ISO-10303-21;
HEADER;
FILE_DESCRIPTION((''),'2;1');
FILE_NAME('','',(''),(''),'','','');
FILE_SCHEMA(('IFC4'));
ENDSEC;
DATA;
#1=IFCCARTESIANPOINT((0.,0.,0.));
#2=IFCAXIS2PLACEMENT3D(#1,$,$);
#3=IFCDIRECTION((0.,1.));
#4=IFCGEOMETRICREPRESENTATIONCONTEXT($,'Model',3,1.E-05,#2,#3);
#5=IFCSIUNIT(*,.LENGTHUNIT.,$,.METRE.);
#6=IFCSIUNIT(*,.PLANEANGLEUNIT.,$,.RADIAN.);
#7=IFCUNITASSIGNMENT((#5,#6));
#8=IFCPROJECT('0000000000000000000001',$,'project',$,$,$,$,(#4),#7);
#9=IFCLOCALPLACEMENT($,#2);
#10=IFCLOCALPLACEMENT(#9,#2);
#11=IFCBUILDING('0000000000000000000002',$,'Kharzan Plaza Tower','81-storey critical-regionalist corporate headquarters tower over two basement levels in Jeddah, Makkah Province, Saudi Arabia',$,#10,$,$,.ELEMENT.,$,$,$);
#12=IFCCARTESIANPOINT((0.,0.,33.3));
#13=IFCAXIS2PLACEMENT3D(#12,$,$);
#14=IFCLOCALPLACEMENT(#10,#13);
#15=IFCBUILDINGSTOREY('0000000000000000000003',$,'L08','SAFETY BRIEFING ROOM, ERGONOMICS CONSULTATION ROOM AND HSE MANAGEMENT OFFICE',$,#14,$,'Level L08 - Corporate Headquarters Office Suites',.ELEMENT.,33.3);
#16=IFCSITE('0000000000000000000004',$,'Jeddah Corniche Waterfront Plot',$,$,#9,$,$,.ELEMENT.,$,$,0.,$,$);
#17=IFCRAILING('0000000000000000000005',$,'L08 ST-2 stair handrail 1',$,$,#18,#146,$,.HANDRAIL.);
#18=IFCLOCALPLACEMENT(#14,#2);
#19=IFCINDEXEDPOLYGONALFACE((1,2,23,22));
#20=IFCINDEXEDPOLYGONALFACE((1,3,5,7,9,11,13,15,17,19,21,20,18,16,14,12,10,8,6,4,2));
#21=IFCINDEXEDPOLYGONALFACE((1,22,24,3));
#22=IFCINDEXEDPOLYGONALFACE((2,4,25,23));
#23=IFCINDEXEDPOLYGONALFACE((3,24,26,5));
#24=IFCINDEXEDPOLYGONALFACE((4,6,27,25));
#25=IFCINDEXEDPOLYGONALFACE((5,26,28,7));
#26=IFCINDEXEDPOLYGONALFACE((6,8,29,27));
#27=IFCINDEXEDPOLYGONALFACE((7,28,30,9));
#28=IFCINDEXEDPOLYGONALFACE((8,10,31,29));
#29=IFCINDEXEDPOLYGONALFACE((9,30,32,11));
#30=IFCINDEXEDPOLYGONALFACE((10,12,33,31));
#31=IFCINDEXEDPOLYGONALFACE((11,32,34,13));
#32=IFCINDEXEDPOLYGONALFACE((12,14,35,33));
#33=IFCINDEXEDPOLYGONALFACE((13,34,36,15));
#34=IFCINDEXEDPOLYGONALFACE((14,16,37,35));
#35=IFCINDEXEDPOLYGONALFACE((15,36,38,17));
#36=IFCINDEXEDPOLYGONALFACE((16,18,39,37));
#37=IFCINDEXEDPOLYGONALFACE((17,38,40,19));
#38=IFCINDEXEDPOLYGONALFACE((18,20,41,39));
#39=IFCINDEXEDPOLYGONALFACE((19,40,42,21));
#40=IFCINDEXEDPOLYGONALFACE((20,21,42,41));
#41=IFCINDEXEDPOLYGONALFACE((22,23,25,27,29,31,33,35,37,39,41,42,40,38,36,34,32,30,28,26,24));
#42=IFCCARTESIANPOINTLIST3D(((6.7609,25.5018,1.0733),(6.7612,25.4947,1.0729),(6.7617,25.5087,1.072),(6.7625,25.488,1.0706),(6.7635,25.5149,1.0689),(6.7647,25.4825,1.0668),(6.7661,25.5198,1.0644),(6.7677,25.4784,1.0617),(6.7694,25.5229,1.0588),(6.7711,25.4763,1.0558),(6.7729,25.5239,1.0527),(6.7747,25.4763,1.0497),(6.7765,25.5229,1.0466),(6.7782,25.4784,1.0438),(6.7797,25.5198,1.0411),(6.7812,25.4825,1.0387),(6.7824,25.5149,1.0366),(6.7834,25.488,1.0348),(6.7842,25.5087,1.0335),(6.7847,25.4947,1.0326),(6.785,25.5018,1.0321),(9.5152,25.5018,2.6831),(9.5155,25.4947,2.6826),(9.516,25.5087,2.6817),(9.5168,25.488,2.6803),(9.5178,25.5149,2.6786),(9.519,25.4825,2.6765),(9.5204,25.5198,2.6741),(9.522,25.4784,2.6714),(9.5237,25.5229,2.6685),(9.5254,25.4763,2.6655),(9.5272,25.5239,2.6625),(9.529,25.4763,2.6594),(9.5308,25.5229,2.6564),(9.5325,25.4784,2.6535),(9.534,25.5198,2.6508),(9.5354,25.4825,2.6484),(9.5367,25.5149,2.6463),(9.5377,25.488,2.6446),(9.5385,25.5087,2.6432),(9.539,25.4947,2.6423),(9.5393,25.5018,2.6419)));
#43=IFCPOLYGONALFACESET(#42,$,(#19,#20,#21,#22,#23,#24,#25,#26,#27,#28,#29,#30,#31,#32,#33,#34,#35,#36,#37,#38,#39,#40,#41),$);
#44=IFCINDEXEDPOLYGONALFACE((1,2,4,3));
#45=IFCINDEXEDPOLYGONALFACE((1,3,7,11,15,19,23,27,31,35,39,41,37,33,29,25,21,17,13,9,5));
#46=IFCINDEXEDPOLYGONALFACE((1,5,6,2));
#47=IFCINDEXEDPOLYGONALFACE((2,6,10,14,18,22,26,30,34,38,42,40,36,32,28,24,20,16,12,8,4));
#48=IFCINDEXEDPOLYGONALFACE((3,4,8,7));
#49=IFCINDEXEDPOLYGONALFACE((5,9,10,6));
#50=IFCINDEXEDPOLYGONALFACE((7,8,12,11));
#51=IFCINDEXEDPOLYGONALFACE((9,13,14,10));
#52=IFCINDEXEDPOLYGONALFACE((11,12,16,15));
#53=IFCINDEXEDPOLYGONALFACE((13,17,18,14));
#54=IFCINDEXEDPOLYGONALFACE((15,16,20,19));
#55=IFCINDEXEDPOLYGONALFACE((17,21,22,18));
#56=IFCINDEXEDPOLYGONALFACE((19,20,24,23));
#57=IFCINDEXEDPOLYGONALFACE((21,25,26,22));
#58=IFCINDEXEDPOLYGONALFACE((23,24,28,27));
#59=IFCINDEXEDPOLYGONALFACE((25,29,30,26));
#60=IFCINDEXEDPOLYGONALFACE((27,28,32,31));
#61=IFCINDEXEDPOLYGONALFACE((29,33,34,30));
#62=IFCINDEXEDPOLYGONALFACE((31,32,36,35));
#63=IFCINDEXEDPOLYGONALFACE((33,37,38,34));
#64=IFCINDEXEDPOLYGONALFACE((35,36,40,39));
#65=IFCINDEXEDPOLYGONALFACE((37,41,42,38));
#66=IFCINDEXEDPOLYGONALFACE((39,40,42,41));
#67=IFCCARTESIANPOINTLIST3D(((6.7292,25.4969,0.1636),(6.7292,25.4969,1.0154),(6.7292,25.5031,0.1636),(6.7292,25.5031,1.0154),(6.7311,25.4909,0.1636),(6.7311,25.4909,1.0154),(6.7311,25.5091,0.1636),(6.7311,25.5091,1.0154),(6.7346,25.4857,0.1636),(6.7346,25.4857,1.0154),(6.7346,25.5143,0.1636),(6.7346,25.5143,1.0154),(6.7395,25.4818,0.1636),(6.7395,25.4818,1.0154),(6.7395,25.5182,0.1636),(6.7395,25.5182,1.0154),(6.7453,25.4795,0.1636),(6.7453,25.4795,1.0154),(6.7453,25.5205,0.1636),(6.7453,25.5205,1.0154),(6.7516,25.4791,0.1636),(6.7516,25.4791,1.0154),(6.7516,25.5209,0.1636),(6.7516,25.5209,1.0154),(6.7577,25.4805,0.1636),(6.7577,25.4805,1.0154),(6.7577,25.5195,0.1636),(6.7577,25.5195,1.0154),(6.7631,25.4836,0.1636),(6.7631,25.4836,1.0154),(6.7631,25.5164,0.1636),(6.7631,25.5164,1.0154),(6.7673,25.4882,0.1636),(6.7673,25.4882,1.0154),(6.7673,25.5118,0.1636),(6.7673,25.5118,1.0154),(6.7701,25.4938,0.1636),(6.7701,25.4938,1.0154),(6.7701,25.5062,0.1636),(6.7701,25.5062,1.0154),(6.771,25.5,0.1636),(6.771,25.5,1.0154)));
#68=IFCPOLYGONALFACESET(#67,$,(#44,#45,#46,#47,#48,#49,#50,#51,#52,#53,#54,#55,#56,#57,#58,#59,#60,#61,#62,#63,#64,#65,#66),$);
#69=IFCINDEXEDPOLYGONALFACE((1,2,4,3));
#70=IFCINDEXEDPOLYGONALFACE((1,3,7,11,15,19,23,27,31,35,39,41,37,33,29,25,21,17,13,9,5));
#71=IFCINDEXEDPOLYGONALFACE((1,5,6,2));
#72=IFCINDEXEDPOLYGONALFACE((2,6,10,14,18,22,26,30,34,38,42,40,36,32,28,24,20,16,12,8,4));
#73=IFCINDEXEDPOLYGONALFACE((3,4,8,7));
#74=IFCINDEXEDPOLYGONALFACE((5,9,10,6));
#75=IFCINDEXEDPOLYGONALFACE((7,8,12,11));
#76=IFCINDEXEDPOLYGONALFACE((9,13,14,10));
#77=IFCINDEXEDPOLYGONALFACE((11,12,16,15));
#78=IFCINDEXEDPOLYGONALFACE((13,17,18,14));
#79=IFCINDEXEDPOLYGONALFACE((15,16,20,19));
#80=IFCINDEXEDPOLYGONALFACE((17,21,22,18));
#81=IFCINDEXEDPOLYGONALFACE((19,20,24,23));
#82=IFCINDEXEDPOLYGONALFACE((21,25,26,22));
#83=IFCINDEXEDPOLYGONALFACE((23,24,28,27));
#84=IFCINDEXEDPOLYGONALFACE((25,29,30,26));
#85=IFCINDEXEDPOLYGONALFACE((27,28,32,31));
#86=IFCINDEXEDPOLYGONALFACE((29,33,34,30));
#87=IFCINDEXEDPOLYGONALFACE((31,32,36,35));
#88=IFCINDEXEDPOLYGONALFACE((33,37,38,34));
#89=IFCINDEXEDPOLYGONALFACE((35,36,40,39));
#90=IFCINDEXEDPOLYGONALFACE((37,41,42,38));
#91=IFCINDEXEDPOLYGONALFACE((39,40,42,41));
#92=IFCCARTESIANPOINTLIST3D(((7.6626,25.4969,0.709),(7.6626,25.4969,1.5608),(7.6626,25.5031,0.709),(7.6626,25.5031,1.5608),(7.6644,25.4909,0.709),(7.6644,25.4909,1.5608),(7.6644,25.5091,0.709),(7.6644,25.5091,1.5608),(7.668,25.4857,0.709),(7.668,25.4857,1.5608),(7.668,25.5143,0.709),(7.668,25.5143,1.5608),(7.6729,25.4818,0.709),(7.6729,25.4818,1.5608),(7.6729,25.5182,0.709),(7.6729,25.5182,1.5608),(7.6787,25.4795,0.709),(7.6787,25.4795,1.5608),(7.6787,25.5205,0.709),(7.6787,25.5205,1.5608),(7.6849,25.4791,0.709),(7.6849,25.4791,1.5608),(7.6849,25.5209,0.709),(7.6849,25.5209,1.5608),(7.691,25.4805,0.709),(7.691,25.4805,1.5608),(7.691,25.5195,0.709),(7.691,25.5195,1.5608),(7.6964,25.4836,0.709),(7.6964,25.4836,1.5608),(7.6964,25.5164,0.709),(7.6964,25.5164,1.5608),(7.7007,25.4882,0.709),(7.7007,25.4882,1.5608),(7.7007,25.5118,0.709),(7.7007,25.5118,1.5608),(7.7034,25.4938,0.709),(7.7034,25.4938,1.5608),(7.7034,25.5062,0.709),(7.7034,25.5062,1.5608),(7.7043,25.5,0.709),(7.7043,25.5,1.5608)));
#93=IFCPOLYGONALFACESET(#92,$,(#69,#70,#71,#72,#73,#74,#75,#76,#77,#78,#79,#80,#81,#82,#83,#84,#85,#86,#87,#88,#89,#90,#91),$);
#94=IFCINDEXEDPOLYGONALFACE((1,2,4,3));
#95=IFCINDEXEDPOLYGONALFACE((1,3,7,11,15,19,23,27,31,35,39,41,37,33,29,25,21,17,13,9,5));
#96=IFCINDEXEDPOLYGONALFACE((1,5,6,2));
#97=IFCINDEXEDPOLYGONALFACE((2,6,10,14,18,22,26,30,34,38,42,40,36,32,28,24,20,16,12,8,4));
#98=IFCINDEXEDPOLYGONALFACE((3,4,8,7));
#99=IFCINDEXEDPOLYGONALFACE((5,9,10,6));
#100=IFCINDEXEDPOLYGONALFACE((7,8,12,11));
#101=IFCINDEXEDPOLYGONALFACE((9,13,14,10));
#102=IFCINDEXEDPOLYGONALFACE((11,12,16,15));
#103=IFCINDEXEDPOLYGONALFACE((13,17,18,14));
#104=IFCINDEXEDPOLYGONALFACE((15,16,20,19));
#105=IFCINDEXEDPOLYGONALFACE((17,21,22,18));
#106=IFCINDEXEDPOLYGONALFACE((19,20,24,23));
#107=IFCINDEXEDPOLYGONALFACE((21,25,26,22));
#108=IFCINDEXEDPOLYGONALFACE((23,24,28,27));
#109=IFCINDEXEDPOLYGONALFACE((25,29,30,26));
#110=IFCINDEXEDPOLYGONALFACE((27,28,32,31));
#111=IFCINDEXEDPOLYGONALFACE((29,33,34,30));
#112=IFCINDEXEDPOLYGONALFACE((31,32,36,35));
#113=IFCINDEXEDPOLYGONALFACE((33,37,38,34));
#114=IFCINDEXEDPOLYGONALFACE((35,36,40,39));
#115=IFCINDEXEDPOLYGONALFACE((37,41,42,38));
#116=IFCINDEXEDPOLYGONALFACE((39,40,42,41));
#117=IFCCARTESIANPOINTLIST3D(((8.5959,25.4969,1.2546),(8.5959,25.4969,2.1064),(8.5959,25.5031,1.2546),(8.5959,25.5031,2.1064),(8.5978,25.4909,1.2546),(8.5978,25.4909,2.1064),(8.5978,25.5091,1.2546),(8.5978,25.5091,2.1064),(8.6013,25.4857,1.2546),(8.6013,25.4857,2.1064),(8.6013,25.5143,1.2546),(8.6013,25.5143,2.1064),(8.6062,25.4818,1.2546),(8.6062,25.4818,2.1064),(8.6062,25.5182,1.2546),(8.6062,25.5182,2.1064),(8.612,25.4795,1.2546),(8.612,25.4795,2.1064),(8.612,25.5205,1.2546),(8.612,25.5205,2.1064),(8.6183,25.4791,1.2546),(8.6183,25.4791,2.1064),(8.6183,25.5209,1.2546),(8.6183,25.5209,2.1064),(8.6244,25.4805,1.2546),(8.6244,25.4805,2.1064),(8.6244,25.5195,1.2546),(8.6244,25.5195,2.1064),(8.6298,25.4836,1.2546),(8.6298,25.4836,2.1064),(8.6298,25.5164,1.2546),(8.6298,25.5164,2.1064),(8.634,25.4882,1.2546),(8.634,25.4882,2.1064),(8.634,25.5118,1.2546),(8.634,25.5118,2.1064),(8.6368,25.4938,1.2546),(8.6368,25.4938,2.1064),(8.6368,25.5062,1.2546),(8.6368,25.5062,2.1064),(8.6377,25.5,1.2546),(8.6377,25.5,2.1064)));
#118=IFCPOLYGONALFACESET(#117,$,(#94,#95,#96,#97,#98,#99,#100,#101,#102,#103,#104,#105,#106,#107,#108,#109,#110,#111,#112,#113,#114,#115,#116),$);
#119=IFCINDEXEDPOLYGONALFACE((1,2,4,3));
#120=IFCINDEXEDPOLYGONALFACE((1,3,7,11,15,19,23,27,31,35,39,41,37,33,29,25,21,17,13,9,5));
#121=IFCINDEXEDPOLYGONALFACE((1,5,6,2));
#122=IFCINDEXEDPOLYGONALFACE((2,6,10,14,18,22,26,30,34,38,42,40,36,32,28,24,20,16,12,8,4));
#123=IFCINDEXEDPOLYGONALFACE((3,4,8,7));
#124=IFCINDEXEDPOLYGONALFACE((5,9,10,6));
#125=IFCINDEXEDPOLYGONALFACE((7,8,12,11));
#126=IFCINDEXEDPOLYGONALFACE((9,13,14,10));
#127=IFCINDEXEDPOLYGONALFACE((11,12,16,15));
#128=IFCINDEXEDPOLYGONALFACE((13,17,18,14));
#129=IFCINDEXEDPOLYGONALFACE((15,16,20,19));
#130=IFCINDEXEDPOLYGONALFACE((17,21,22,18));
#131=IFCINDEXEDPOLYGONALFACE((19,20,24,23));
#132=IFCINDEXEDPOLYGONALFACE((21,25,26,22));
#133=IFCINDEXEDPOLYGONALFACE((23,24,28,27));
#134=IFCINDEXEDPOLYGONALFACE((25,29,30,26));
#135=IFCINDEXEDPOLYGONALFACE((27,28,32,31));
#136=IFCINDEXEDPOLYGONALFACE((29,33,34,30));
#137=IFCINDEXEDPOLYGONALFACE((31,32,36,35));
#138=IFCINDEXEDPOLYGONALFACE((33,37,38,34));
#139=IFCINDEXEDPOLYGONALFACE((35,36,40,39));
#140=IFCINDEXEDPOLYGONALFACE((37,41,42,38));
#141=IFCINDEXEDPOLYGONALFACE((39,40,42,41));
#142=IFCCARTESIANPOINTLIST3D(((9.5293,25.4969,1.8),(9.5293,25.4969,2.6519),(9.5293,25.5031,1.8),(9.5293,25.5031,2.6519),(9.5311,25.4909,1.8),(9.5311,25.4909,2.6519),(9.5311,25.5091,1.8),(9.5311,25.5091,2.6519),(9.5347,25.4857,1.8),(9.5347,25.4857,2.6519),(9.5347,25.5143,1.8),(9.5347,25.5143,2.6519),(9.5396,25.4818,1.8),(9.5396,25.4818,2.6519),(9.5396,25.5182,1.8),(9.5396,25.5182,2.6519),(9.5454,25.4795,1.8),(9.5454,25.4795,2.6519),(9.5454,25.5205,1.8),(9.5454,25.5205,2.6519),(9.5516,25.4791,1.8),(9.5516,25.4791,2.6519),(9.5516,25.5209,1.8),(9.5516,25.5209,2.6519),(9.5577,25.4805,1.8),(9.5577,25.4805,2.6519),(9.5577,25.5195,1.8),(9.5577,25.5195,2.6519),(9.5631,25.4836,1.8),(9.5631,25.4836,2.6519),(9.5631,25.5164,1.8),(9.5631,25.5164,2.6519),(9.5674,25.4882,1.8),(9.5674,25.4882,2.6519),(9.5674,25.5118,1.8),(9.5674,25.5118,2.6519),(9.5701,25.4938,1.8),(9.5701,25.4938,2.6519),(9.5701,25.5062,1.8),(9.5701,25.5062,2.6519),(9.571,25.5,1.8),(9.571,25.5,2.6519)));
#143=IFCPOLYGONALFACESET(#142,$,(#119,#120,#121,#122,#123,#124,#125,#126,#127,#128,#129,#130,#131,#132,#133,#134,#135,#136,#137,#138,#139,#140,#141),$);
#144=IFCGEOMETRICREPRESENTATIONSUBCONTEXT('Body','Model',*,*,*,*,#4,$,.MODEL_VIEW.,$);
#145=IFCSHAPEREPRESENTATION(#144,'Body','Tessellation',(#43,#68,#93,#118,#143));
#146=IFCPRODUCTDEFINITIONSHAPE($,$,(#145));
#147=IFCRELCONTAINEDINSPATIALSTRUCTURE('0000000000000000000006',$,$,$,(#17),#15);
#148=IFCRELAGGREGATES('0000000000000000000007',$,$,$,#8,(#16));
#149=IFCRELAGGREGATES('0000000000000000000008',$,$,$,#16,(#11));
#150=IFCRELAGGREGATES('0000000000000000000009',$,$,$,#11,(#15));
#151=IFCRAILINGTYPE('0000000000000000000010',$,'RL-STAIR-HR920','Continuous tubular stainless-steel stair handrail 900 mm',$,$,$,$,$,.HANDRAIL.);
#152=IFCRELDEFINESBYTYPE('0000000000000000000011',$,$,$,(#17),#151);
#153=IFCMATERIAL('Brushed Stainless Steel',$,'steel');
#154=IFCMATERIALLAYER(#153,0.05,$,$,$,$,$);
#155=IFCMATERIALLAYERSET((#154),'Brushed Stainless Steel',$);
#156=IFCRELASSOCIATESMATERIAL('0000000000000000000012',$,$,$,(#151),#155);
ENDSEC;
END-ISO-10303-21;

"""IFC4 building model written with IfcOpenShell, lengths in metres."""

from ifc_helpers import new_model, si_unit, direction, frame, origin, origin_2d, place, context, subcontext, project, spatial, circle, extrude, source, transform, mapped, material, layer, layer_set, type_object, element, save


model = new_model("IFC4")

# Units and contexts
model_context = context("Model", 3, precision=1e-05, world=origin(), true_north=direction((0.0, 1.0)))
body_context = subcontext(model_context, "Body", "Model", "MODEL_VIEW")
ifc_project = project(units=[si_unit("LENGTHUNIT", "METRE"), si_unit("PLANEANGLEUNIT", "RADIAN")], contexts=[model_context])

# Site, building, storey
site_placement = place(None, origin())
site = spatial("IfcSite", under=ifc_project, at=site_placement, Name="Jeddah Corniche Waterfront Plot", CompositionType="ELEMENT", RefElevation=0.0)
building_placement = place(site_placement, origin())
building = spatial("IfcBuilding", under=site, at=building_placement, Name="Kharzan Plaza Tower", Description="81-storey critical-regionalist corporate headquarters tower over two basement levels in Jeddah, Makkah Province, Saudi Arabia", CompositionType="ELEMENT")
storey_placement = place(building_placement, frame((0.0, 0.0, 33.3)))
storey = spatial("IfcBuildingStorey", under=building, at=storey_placement, Name="L08", Description="SAFETY BRIEFING ROOM, ERGONOMICS CONSULTATION ROOM AND HSE MANAGEMENT OFFICE", LongName="Level L08 - Corporate Headquarters Office Suites", CompositionType="ELEMENT", Elevation=33.3)

# Shared definitions
ifc_material_1 = material(Name="Brushed Stainless Steel", Category="steel")

# Railing
ifc_layer_1 = layer(ifc_material_1, 0.05)
ifc_layer_set_1 = layer_set([ifc_layer_1], Name="Brushed Stainless Steel")
railing_type_1 = type_object("IfcRailingType", Name="RL-STAIR-HR920", Description="Continuous tubular stainless-steel stair handrail 900 mm", PredefinedType="HANDRAIL", material=ifc_layer_set_1)
shared_shape_1 = source(origin(), body_context, "Body", "SweptSolid", [
    extrude(circle(Radius=0.0239, at=origin_2d()), frame((0.0229, 0.0, 0.8892), z_axis=(0.863361, 0.0, 0.504587), x_axis=(0.0, 1.0, 0.0)), (0.0, 0.0, 1.0), 3.1902),
    extrude(circle(Radius=0.021, at=origin_2d()), origin(), (0.0, 0.0, 1.0), 0.8518),
    extrude(circle(Radius=0.021, at=origin_2d()), frame((0.9333, 0.0, 0.5454)), (0.0, 0.0, 1.0), 0.8518),
    extrude(circle(Radius=0.021, at=origin_2d()), frame((1.8667, 0.0, 1.0911)), (0.0, 0.0, 1.0), 0.8518),
    extrude(circle(Radius=0.021, at=origin_2d()), frame((2.8, 0.0, 1.6365)), (0.0, 0.0, 1.0), 0.8518),
])
railing_1_placement = place(storey_placement, frame((6.75, 25.5, 0.1636)))
element("IfcRailing", 1, at=railing_1_placement, inside=storey, type_object=railing_type_1, Name="L08 ST-2 stair handrail 1", PredefinedType="HANDRAIL", context=body_context, shape_type="MappedRepresentation", body=[
    mapped(shared_shape_1, transform((0.0, 0.0, 0.0), x_axis=(1.0, 0.0, 0.0), y_axis=(0.0, 1.0, 0.0), z_axis=(0.0, 0.0, 1.0))),
])

save(model, "model.ifc")
